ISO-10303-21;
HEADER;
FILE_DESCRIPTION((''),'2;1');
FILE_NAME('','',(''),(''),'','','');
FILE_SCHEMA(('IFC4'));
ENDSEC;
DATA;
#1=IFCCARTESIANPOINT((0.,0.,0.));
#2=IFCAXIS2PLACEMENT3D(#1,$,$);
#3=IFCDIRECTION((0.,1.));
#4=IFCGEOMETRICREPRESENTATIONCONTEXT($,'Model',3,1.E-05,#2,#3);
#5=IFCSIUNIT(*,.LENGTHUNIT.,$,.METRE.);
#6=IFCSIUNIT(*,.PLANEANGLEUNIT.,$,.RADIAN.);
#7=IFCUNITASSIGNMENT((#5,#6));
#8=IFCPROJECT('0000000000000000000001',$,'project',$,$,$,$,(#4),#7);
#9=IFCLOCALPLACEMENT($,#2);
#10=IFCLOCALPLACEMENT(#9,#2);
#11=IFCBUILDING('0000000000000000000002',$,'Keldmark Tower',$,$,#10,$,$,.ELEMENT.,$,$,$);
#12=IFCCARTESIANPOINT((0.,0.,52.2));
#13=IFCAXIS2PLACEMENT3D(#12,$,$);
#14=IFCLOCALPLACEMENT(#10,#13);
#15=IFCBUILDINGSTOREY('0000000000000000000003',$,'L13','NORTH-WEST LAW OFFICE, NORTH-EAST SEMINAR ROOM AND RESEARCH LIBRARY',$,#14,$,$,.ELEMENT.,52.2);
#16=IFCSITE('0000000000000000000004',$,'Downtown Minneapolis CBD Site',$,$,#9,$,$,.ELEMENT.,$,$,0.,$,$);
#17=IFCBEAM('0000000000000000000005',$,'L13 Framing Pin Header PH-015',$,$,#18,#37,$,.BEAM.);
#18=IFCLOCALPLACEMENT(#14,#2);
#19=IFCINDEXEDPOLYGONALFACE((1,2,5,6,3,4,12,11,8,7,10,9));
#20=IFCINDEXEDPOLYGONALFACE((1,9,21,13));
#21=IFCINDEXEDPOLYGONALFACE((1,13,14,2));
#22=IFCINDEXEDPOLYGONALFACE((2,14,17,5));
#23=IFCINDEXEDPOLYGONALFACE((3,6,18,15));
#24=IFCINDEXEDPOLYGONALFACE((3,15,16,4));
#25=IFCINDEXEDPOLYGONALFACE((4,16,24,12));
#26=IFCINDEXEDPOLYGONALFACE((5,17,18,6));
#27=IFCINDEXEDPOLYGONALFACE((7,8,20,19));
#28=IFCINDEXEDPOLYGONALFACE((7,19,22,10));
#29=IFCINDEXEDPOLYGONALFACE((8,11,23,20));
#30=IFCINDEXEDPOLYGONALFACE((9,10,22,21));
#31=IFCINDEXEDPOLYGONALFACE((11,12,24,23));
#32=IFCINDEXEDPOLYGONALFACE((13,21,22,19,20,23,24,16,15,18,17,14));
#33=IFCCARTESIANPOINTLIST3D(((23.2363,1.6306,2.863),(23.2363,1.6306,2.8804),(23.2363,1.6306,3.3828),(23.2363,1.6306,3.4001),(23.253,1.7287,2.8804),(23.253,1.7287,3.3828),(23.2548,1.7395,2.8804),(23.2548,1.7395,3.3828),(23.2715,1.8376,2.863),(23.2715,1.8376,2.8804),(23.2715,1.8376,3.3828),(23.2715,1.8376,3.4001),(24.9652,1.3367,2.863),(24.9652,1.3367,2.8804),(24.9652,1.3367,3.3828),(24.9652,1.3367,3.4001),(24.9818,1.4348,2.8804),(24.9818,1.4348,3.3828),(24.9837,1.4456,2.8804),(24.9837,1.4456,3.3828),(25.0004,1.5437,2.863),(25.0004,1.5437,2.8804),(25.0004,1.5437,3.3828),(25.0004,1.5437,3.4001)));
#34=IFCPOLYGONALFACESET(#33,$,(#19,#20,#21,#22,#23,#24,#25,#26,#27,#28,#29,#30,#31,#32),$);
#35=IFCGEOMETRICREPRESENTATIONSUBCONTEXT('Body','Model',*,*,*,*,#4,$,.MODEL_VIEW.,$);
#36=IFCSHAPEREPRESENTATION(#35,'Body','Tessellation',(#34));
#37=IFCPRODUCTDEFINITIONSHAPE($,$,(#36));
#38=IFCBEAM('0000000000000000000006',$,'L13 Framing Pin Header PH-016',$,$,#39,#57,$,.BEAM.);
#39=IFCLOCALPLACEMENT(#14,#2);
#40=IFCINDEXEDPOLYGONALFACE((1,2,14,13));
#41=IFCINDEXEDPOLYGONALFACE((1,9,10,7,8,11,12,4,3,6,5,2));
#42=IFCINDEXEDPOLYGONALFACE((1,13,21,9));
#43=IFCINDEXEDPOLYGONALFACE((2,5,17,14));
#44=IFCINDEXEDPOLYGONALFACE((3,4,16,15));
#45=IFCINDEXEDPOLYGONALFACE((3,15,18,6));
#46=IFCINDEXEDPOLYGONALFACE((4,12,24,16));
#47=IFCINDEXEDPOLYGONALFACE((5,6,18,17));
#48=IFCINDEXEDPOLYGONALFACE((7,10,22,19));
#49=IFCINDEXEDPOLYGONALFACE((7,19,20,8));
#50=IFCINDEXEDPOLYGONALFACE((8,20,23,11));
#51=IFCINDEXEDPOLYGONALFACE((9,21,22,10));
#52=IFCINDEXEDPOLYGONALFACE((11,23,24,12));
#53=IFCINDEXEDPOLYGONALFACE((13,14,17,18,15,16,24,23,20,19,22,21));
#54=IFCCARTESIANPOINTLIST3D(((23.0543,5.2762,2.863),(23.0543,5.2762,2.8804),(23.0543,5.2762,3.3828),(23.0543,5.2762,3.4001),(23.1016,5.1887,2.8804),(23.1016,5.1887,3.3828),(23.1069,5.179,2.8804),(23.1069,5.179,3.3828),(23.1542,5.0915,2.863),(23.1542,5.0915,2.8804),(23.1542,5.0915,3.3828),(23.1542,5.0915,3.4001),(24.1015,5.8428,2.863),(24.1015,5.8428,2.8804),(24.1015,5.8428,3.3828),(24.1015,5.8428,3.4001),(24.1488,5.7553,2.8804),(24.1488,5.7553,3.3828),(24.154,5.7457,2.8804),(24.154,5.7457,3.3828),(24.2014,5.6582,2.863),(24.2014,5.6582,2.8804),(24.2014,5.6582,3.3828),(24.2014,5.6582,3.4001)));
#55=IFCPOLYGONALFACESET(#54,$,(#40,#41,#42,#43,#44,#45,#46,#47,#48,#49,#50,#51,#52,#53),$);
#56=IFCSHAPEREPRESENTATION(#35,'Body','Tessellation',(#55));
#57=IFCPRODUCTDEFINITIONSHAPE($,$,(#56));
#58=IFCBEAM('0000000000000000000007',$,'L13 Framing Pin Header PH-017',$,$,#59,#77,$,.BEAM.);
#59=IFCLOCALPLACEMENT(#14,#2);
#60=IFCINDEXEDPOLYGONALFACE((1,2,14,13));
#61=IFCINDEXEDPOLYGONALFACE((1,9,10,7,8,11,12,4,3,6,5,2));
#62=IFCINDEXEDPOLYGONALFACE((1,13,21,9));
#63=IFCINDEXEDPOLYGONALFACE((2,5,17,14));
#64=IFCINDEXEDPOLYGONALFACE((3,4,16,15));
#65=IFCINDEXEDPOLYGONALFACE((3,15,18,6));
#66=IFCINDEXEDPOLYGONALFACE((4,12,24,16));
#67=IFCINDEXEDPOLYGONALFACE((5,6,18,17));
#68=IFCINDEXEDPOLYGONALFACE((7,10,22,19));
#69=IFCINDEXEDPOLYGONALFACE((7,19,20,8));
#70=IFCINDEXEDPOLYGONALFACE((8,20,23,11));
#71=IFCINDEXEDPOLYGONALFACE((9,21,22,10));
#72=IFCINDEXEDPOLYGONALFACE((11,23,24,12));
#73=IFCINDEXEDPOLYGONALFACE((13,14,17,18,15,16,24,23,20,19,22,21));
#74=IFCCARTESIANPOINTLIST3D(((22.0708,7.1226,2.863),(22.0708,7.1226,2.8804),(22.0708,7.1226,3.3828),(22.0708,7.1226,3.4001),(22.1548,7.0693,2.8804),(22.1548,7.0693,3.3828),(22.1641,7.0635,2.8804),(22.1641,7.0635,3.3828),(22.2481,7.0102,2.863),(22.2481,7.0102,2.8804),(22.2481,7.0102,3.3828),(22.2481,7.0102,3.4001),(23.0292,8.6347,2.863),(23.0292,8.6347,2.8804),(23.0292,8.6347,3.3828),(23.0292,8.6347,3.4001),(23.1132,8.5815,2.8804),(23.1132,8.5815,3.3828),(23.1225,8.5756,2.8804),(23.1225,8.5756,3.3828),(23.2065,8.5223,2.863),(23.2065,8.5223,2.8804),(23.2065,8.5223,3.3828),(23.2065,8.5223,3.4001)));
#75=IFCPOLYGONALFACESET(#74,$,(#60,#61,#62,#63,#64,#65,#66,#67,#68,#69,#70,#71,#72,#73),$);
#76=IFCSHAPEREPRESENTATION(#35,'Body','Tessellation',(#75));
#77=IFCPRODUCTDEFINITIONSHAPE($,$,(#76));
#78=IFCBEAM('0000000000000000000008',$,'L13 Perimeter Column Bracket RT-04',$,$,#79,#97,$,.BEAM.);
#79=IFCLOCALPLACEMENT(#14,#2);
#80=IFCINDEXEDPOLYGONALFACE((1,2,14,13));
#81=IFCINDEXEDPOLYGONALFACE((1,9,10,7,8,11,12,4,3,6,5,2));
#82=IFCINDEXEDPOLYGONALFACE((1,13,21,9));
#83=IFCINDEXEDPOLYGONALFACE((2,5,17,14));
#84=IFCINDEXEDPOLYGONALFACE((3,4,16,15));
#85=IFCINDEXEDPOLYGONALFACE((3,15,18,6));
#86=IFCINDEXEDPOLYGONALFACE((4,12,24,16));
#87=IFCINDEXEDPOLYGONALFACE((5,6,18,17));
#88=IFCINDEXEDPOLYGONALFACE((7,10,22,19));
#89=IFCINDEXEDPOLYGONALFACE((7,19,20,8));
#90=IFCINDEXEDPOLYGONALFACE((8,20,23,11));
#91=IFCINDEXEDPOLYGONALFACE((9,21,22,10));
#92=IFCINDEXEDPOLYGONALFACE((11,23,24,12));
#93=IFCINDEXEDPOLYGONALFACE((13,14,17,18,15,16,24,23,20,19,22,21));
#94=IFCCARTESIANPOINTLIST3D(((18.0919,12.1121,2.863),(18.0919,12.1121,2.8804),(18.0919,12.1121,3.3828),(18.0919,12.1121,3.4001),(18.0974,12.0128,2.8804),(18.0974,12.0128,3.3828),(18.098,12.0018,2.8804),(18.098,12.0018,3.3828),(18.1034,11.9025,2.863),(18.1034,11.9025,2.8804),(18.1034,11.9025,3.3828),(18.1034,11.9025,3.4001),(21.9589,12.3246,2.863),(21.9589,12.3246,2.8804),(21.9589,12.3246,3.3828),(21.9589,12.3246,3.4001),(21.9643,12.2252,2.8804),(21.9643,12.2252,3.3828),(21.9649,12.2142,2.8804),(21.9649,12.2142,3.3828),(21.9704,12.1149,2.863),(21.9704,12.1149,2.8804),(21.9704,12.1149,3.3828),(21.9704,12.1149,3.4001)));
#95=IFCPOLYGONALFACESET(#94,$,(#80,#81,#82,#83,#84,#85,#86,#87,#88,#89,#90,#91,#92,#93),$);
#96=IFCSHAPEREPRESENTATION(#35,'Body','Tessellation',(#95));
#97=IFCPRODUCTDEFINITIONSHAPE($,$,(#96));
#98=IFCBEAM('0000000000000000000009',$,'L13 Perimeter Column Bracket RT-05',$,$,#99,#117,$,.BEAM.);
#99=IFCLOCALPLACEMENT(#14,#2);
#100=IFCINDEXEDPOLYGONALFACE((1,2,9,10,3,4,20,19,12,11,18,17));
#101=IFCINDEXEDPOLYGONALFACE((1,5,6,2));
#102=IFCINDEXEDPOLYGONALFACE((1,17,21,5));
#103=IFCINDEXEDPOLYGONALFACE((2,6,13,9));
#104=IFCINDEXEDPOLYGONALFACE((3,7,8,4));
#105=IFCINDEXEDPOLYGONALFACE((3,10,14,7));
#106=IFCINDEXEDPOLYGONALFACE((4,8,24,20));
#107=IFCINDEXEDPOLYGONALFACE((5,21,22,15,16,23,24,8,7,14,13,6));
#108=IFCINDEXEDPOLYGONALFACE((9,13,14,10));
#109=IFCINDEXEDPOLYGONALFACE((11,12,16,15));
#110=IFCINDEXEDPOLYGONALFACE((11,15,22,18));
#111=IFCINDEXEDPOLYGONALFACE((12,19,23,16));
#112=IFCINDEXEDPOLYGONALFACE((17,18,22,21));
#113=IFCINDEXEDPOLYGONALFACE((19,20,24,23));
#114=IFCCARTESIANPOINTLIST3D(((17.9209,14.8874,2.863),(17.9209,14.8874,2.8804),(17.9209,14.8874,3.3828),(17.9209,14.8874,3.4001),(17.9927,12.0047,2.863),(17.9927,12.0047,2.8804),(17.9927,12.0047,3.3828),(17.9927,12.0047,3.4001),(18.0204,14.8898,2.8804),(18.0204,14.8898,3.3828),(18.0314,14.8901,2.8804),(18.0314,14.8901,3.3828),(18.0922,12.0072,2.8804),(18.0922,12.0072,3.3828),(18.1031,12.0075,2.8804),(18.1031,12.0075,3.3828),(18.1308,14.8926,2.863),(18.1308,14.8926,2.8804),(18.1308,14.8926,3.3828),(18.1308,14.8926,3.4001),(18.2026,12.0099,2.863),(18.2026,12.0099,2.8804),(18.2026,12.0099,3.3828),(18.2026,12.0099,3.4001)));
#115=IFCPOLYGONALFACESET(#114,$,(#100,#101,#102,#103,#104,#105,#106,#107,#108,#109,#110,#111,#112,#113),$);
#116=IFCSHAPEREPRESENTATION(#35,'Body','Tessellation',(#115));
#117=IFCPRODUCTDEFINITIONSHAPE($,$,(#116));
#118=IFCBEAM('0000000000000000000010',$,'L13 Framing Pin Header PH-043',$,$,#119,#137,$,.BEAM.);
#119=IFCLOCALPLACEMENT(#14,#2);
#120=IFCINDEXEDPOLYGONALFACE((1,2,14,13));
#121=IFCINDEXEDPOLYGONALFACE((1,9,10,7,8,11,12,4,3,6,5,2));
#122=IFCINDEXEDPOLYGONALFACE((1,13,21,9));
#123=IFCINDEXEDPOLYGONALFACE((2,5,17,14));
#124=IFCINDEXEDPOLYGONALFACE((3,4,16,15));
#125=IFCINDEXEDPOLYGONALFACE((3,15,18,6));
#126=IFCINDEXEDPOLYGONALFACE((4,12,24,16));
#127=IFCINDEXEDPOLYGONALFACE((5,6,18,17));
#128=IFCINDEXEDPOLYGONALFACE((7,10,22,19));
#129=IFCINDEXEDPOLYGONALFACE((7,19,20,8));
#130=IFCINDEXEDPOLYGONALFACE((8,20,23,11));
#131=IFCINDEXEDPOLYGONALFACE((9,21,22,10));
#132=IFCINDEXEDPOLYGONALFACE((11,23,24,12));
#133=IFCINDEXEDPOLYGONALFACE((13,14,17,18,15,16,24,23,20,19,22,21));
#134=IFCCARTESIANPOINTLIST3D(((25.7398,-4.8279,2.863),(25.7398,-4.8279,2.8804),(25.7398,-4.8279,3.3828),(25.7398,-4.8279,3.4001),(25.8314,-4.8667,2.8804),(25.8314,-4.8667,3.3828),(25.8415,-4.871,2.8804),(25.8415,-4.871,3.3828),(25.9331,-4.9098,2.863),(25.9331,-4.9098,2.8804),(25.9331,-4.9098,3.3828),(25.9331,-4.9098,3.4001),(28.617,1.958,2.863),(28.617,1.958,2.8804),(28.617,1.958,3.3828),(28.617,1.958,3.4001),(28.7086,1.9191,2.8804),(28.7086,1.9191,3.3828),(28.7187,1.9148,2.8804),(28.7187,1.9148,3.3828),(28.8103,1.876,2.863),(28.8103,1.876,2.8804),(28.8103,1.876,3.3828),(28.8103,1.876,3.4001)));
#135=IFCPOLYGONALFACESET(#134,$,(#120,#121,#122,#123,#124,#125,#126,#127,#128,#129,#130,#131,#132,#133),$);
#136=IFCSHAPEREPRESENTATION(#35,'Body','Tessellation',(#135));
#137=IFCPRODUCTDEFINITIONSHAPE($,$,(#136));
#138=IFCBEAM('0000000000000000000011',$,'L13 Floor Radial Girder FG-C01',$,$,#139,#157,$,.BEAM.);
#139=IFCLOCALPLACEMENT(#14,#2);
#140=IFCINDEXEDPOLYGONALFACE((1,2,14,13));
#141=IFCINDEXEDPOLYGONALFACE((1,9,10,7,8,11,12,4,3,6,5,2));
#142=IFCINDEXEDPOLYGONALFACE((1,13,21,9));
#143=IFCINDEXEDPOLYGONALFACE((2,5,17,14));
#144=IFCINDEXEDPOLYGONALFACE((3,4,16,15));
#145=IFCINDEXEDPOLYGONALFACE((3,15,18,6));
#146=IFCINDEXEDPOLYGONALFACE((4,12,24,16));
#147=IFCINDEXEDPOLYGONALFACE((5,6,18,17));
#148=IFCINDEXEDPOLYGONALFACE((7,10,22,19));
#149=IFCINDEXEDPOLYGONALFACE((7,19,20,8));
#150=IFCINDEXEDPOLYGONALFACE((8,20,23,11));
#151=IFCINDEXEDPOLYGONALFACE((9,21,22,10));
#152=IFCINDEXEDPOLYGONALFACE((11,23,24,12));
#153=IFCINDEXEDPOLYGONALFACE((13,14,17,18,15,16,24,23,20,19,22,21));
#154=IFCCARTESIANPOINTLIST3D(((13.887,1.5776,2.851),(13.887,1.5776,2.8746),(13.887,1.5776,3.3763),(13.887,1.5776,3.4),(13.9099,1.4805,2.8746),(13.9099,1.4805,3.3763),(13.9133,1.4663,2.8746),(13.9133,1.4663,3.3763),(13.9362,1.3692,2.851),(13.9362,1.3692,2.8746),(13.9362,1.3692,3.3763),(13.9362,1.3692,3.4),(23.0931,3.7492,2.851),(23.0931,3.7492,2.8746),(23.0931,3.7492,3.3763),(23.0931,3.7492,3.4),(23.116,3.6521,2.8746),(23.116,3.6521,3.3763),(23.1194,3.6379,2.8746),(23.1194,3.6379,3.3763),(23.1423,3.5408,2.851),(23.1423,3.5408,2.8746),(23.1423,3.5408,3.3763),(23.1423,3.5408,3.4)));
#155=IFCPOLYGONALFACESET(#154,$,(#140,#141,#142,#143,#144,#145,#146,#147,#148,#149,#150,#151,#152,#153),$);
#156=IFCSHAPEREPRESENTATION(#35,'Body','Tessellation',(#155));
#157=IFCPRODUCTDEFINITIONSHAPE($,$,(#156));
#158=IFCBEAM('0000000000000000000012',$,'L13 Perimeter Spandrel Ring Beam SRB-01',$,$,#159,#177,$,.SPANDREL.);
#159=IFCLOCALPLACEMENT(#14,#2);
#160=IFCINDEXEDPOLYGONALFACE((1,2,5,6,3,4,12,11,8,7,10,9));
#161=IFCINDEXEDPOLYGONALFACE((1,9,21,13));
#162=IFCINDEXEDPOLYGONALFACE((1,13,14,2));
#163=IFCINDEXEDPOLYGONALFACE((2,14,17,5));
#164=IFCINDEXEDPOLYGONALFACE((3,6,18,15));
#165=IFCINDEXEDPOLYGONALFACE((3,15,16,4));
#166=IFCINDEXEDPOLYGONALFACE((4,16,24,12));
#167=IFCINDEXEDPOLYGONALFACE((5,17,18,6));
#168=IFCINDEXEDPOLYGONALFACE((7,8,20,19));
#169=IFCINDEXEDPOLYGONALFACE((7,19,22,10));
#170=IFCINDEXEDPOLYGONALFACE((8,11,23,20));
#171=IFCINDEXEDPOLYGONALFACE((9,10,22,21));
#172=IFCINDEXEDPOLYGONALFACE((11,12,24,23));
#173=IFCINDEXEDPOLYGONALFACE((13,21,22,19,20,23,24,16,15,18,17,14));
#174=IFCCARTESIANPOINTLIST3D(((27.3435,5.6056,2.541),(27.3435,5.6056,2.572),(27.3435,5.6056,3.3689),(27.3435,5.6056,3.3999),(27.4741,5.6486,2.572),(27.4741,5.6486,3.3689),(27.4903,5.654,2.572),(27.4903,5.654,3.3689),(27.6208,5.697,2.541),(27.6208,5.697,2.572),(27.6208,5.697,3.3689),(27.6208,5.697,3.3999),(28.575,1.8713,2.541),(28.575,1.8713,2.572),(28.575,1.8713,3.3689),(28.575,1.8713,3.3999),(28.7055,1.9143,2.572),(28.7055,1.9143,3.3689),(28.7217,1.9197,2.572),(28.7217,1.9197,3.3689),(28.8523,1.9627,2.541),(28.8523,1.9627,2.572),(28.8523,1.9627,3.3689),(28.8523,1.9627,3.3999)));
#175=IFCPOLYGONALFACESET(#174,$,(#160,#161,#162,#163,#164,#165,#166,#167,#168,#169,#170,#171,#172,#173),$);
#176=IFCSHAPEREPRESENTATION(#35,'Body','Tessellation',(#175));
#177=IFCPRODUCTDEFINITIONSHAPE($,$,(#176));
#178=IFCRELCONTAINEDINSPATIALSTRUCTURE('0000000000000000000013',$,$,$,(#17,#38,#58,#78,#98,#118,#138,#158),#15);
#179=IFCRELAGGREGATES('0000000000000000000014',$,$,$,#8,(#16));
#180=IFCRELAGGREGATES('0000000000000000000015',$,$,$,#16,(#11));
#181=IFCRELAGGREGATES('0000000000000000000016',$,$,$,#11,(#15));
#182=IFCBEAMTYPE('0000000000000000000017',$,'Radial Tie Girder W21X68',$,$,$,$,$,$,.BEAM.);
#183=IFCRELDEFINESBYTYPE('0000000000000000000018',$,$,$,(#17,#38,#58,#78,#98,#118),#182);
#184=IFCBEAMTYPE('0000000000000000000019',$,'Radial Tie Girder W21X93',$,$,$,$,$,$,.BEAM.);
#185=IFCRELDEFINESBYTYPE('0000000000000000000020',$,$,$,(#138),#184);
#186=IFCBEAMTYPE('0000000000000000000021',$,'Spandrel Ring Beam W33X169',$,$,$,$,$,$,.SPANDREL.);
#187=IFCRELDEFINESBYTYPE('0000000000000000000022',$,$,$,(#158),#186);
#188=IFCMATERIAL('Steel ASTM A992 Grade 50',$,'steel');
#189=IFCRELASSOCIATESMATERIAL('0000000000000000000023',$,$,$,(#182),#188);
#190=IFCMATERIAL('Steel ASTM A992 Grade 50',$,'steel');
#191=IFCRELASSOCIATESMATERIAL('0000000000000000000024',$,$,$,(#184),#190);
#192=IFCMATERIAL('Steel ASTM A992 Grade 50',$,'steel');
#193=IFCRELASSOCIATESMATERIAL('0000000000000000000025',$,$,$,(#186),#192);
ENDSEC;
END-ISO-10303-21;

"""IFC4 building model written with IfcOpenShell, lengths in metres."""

from ifc_helpers import new_model, si_unit, direction, frame, origin, origin_2d, place, context, subcontext, project, spatial, i_section, extrude, material, material_profile, profile_set, type_object, element, save


model = new_model("IFC4")

# Units and contexts
model_context = context("Model", 3, precision=1e-05, world=origin(), true_north=direction((0.0, 1.0)))
body_context = subcontext(model_context, "Body", "Model", "MODEL_VIEW")
ifc_project = project(units=[si_unit("LENGTHUNIT", "METRE"), si_unit("PLANEANGLEUNIT", "RADIAN")], contexts=[model_context])

# Site, building, storey
site_placement = place(None, origin())
site = spatial("IfcSite", under=ifc_project, at=site_placement, Name="Downtown Minneapolis CBD Site", CompositionType="ELEMENT", RefElevation=0.0)
building_placement = place(site_placement, origin())
building = spatial("IfcBuilding", under=site, at=building_placement, Name="Keldmark Tower", CompositionType="ELEMENT")
storey_placement = place(building_placement, frame((0.0, 0.0, 52.2)))
storey = spatial("IfcBuildingStorey", under=building, at=storey_placement, Name="L13", Description="NORTH-WEST LAW OFFICE, NORTH-EAST SEMINAR ROOM AND RESEARCH LIBRARY", CompositionType="ELEMENT", Elevation=52.2)

# Beams
ifc_material_1 = material(Name="Steel ASTM A992 Grade 50", Category="steel")
ifc_material_profile_1 = material_profile(ifc_material_1, i_section(OverallWidth=0.21, OverallDepth=0.5371, WebThickness=0.011, FlangeThickness=0.0173, at=origin_2d()), Name="W21X68")
ifc_profile_set_1 = profile_set([ifc_material_profile_1], Name="Steel ASTM A992 Grade 50")
beam_type_1 = type_object("IfcBeamType", Name="Radial Tie Girder W21X68", PredefinedType="BEAM", material=ifc_profile_set_1)
beam_1_placement = place(storey_placement, frame((23.2539, 1.7341, 3.1316), z_axis=(0.985851, -0.167627, 0.0), x_axis=(0.167627, 0.985851, 0.0)))
element("IfcBeam", 1, at=beam_1_placement, inside=storey, type_object=beam_type_1, Name="L13 Framing Pin Header PH-015", PredefinedType="BEAM", context=body_context, shape_type="SweptSolid", body=[
    extrude(i_section(OverallWidth=0.21, OverallDepth=0.5371, WebThickness=0.011, FlangeThickness=0.0173, at=origin_2d()), origin(), (0.0, 0.0, 1.0), 1.7537),
])
beam_2_placement = place(storey_placement, frame((23.1042, 5.1838, 3.1316), z_axis=(0.879482, 0.475933, 0.0), x_axis=(-0.475933, 0.879482, 0.0)))
element("IfcBeam", 2, at=beam_2_placement, inside=storey, type_object=beam_type_1, Name="L13 Framing Pin Header PH-016", PredefinedType="BEAM", context=body_context, shape_type="SweptSolid", body=[
    extrude(i_section(OverallWidth=0.21, OverallDepth=0.5371, WebThickness=0.011, FlangeThickness=0.0173, at=origin_2d()), origin(), (0.0, 0.0, 1.0), 1.1907),
])
beam_3_placement = place(storey_placement, frame((22.1594, 7.0664, 3.1316), z_axis=(0.535357, 0.844626, 0.0), x_axis=(-0.844626, 0.535357, 0.0)))
element("IfcBeam", 3, at=beam_3_placement, inside=storey, type_object=beam_type_1, Name="L13 Framing Pin Header PH-017", PredefinedType="BEAM", context=body_context, shape_type="SweptSolid", body=[
    extrude(i_section(OverallWidth=0.21, OverallDepth=0.5371, WebThickness=0.011, FlangeThickness=0.0173, at=origin_2d()), origin(), (0.0, 0.0, 1.0), 1.7903),
])
beam_4_placement = place(storey_placement, frame((18.0977, 12.0073, 3.1316), z_axis=(0.998495, 0.054845, 0.0), x_axis=(-0.054845, 0.998495, 0.0)))
element("IfcBeam", 4, at=beam_4_placement, inside=storey, type_object=beam_type_1, Name="L13 Perimeter Column Bracket RT-04", PredefinedType="BEAM", context=body_context, shape_type="SweptSolid", body=[
    extrude(i_section(OverallWidth=0.21, OverallDepth=0.5371, WebThickness=0.011, FlangeThickness=0.0173, at=origin_2d()), origin(), (0.0, 0.0, 1.0), 3.8728),
])
beam_5_placement = place(storey_placement, frame((18.0977, 12.0073, 3.1316), z_axis=(-0.024893, 0.99969, 0.0), x_axis=(-0.99969, -0.024893, 0.0)))
element("IfcBeam", 5, at=beam_5_placement, inside=storey, type_object=beam_type_1, Name="L13 Perimeter Column Bracket RT-05", PredefinedType="BEAM", context=body_context, shape_type="SweptSolid", body=[
    extrude(i_section(OverallWidth=0.21, OverallDepth=0.5371, WebThickness=0.011, FlangeThickness=0.0173, at=origin_2d()), origin(), (0.0, 0.0, 1.0), 2.8835),
])
beam_6_placement = place(storey_placement, frame((28.7136, 1.917, 3.1316), z_axis=(-0.390358, -0.920663, 0.0), x_axis=(0.920663, -0.390358, 0.0)))
element("IfcBeam", 6, at=beam_6_placement, inside=storey, type_object=beam_type_1, Name="L13 Framing Pin Header PH-043", PredefinedType="BEAM", context=body_context, shape_type="SweptSolid", body=[
    extrude(i_section(OverallWidth=0.21, OverallDepth=0.5371, WebThickness=0.011, FlangeThickness=0.0173, at=origin_2d()), origin(), (0.0, 0.0, 1.0), 7.3706),
])
ifc_material_2 = material(Name="Steel ASTM A992 Grade 50", Category="steel")
ifc_material_profile_2 = material_profile(ifc_material_2, i_section(OverallWidth=0.2141, OverallDepth=0.5491, WebThickness=0.0146, FlangeThickness=0.0237, at=origin_2d()), Name="W21X93")
ifc_profile_set_2 = profile_set([ifc_material_profile_2], Name="Steel ASTM A992 Grade 50")
beam_type_2 = type_object("IfcBeamType", Name="Radial Tie Girder W21X93", PredefinedType="BEAM", material=ifc_profile_set_2)
beam_7_placement = place(storey_placement, frame((23.1177, 3.645, 3.1255), z_axis=(-0.973287, -0.22959, 0.0), x_axis=(0.22959, -0.973287, 0.0)))
element("IfcBeam", 7, at=beam_7_placement, inside=storey, type_object=beam_type_2, Name="L13 Floor Radial Girder FG-C01", PredefinedType="BEAM", context=body_context, shape_type="SweptSolid", body=[
    extrude(i_section(OverallWidth=0.2141, OverallDepth=0.5491, WebThickness=0.0146, FlangeThickness=0.0237, at=origin_2d()), origin(), (0.0, 0.0, 1.0), 9.4587),
])
ifc_material_3 = material(Name="Steel ASTM A992 Grade 50", Category="steel")
ifc_material_profile_3 = material_profile(ifc_material_3, i_section(OverallWidth=0.292, OverallDepth=0.8589, WebThickness=0.0171, FlangeThickness=0.031, at=origin_2d()), Name="W33X169")
ifc_profile_set_3 = profile_set([ifc_material_profile_3], Name="Steel ASTM A992 Grade 50")
beam_type_3 = type_object("IfcBeamType", Name="Spandrel Ring Beam W33X169", PredefinedType="SPANDREL", material=ifc_profile_set_3)
beam_8_placement = place(storey_placement, frame((28.7136, 1.917, 2.9705), z_axis=(-0.313171, 0.949697, 0.0), x_axis=(-0.949697, -0.313171, 0.0)))
element("IfcBeam", 8, at=beam_8_placement, inside=storey, type_object=beam_type_3, Name="L13 Perimeter Spandrel Ring Beam SRB-01", PredefinedType="SPANDREL", context=body_context, shape_type="SweptSolid", body=[
    extrude(i_section(OverallWidth=0.292, OverallDepth=0.8589, WebThickness=0.0171, FlangeThickness=0.031, at=origin_2d()), origin(), (0.0, 0.0, 1.0), 3.9321),
])

save(model, "model.ifc")
